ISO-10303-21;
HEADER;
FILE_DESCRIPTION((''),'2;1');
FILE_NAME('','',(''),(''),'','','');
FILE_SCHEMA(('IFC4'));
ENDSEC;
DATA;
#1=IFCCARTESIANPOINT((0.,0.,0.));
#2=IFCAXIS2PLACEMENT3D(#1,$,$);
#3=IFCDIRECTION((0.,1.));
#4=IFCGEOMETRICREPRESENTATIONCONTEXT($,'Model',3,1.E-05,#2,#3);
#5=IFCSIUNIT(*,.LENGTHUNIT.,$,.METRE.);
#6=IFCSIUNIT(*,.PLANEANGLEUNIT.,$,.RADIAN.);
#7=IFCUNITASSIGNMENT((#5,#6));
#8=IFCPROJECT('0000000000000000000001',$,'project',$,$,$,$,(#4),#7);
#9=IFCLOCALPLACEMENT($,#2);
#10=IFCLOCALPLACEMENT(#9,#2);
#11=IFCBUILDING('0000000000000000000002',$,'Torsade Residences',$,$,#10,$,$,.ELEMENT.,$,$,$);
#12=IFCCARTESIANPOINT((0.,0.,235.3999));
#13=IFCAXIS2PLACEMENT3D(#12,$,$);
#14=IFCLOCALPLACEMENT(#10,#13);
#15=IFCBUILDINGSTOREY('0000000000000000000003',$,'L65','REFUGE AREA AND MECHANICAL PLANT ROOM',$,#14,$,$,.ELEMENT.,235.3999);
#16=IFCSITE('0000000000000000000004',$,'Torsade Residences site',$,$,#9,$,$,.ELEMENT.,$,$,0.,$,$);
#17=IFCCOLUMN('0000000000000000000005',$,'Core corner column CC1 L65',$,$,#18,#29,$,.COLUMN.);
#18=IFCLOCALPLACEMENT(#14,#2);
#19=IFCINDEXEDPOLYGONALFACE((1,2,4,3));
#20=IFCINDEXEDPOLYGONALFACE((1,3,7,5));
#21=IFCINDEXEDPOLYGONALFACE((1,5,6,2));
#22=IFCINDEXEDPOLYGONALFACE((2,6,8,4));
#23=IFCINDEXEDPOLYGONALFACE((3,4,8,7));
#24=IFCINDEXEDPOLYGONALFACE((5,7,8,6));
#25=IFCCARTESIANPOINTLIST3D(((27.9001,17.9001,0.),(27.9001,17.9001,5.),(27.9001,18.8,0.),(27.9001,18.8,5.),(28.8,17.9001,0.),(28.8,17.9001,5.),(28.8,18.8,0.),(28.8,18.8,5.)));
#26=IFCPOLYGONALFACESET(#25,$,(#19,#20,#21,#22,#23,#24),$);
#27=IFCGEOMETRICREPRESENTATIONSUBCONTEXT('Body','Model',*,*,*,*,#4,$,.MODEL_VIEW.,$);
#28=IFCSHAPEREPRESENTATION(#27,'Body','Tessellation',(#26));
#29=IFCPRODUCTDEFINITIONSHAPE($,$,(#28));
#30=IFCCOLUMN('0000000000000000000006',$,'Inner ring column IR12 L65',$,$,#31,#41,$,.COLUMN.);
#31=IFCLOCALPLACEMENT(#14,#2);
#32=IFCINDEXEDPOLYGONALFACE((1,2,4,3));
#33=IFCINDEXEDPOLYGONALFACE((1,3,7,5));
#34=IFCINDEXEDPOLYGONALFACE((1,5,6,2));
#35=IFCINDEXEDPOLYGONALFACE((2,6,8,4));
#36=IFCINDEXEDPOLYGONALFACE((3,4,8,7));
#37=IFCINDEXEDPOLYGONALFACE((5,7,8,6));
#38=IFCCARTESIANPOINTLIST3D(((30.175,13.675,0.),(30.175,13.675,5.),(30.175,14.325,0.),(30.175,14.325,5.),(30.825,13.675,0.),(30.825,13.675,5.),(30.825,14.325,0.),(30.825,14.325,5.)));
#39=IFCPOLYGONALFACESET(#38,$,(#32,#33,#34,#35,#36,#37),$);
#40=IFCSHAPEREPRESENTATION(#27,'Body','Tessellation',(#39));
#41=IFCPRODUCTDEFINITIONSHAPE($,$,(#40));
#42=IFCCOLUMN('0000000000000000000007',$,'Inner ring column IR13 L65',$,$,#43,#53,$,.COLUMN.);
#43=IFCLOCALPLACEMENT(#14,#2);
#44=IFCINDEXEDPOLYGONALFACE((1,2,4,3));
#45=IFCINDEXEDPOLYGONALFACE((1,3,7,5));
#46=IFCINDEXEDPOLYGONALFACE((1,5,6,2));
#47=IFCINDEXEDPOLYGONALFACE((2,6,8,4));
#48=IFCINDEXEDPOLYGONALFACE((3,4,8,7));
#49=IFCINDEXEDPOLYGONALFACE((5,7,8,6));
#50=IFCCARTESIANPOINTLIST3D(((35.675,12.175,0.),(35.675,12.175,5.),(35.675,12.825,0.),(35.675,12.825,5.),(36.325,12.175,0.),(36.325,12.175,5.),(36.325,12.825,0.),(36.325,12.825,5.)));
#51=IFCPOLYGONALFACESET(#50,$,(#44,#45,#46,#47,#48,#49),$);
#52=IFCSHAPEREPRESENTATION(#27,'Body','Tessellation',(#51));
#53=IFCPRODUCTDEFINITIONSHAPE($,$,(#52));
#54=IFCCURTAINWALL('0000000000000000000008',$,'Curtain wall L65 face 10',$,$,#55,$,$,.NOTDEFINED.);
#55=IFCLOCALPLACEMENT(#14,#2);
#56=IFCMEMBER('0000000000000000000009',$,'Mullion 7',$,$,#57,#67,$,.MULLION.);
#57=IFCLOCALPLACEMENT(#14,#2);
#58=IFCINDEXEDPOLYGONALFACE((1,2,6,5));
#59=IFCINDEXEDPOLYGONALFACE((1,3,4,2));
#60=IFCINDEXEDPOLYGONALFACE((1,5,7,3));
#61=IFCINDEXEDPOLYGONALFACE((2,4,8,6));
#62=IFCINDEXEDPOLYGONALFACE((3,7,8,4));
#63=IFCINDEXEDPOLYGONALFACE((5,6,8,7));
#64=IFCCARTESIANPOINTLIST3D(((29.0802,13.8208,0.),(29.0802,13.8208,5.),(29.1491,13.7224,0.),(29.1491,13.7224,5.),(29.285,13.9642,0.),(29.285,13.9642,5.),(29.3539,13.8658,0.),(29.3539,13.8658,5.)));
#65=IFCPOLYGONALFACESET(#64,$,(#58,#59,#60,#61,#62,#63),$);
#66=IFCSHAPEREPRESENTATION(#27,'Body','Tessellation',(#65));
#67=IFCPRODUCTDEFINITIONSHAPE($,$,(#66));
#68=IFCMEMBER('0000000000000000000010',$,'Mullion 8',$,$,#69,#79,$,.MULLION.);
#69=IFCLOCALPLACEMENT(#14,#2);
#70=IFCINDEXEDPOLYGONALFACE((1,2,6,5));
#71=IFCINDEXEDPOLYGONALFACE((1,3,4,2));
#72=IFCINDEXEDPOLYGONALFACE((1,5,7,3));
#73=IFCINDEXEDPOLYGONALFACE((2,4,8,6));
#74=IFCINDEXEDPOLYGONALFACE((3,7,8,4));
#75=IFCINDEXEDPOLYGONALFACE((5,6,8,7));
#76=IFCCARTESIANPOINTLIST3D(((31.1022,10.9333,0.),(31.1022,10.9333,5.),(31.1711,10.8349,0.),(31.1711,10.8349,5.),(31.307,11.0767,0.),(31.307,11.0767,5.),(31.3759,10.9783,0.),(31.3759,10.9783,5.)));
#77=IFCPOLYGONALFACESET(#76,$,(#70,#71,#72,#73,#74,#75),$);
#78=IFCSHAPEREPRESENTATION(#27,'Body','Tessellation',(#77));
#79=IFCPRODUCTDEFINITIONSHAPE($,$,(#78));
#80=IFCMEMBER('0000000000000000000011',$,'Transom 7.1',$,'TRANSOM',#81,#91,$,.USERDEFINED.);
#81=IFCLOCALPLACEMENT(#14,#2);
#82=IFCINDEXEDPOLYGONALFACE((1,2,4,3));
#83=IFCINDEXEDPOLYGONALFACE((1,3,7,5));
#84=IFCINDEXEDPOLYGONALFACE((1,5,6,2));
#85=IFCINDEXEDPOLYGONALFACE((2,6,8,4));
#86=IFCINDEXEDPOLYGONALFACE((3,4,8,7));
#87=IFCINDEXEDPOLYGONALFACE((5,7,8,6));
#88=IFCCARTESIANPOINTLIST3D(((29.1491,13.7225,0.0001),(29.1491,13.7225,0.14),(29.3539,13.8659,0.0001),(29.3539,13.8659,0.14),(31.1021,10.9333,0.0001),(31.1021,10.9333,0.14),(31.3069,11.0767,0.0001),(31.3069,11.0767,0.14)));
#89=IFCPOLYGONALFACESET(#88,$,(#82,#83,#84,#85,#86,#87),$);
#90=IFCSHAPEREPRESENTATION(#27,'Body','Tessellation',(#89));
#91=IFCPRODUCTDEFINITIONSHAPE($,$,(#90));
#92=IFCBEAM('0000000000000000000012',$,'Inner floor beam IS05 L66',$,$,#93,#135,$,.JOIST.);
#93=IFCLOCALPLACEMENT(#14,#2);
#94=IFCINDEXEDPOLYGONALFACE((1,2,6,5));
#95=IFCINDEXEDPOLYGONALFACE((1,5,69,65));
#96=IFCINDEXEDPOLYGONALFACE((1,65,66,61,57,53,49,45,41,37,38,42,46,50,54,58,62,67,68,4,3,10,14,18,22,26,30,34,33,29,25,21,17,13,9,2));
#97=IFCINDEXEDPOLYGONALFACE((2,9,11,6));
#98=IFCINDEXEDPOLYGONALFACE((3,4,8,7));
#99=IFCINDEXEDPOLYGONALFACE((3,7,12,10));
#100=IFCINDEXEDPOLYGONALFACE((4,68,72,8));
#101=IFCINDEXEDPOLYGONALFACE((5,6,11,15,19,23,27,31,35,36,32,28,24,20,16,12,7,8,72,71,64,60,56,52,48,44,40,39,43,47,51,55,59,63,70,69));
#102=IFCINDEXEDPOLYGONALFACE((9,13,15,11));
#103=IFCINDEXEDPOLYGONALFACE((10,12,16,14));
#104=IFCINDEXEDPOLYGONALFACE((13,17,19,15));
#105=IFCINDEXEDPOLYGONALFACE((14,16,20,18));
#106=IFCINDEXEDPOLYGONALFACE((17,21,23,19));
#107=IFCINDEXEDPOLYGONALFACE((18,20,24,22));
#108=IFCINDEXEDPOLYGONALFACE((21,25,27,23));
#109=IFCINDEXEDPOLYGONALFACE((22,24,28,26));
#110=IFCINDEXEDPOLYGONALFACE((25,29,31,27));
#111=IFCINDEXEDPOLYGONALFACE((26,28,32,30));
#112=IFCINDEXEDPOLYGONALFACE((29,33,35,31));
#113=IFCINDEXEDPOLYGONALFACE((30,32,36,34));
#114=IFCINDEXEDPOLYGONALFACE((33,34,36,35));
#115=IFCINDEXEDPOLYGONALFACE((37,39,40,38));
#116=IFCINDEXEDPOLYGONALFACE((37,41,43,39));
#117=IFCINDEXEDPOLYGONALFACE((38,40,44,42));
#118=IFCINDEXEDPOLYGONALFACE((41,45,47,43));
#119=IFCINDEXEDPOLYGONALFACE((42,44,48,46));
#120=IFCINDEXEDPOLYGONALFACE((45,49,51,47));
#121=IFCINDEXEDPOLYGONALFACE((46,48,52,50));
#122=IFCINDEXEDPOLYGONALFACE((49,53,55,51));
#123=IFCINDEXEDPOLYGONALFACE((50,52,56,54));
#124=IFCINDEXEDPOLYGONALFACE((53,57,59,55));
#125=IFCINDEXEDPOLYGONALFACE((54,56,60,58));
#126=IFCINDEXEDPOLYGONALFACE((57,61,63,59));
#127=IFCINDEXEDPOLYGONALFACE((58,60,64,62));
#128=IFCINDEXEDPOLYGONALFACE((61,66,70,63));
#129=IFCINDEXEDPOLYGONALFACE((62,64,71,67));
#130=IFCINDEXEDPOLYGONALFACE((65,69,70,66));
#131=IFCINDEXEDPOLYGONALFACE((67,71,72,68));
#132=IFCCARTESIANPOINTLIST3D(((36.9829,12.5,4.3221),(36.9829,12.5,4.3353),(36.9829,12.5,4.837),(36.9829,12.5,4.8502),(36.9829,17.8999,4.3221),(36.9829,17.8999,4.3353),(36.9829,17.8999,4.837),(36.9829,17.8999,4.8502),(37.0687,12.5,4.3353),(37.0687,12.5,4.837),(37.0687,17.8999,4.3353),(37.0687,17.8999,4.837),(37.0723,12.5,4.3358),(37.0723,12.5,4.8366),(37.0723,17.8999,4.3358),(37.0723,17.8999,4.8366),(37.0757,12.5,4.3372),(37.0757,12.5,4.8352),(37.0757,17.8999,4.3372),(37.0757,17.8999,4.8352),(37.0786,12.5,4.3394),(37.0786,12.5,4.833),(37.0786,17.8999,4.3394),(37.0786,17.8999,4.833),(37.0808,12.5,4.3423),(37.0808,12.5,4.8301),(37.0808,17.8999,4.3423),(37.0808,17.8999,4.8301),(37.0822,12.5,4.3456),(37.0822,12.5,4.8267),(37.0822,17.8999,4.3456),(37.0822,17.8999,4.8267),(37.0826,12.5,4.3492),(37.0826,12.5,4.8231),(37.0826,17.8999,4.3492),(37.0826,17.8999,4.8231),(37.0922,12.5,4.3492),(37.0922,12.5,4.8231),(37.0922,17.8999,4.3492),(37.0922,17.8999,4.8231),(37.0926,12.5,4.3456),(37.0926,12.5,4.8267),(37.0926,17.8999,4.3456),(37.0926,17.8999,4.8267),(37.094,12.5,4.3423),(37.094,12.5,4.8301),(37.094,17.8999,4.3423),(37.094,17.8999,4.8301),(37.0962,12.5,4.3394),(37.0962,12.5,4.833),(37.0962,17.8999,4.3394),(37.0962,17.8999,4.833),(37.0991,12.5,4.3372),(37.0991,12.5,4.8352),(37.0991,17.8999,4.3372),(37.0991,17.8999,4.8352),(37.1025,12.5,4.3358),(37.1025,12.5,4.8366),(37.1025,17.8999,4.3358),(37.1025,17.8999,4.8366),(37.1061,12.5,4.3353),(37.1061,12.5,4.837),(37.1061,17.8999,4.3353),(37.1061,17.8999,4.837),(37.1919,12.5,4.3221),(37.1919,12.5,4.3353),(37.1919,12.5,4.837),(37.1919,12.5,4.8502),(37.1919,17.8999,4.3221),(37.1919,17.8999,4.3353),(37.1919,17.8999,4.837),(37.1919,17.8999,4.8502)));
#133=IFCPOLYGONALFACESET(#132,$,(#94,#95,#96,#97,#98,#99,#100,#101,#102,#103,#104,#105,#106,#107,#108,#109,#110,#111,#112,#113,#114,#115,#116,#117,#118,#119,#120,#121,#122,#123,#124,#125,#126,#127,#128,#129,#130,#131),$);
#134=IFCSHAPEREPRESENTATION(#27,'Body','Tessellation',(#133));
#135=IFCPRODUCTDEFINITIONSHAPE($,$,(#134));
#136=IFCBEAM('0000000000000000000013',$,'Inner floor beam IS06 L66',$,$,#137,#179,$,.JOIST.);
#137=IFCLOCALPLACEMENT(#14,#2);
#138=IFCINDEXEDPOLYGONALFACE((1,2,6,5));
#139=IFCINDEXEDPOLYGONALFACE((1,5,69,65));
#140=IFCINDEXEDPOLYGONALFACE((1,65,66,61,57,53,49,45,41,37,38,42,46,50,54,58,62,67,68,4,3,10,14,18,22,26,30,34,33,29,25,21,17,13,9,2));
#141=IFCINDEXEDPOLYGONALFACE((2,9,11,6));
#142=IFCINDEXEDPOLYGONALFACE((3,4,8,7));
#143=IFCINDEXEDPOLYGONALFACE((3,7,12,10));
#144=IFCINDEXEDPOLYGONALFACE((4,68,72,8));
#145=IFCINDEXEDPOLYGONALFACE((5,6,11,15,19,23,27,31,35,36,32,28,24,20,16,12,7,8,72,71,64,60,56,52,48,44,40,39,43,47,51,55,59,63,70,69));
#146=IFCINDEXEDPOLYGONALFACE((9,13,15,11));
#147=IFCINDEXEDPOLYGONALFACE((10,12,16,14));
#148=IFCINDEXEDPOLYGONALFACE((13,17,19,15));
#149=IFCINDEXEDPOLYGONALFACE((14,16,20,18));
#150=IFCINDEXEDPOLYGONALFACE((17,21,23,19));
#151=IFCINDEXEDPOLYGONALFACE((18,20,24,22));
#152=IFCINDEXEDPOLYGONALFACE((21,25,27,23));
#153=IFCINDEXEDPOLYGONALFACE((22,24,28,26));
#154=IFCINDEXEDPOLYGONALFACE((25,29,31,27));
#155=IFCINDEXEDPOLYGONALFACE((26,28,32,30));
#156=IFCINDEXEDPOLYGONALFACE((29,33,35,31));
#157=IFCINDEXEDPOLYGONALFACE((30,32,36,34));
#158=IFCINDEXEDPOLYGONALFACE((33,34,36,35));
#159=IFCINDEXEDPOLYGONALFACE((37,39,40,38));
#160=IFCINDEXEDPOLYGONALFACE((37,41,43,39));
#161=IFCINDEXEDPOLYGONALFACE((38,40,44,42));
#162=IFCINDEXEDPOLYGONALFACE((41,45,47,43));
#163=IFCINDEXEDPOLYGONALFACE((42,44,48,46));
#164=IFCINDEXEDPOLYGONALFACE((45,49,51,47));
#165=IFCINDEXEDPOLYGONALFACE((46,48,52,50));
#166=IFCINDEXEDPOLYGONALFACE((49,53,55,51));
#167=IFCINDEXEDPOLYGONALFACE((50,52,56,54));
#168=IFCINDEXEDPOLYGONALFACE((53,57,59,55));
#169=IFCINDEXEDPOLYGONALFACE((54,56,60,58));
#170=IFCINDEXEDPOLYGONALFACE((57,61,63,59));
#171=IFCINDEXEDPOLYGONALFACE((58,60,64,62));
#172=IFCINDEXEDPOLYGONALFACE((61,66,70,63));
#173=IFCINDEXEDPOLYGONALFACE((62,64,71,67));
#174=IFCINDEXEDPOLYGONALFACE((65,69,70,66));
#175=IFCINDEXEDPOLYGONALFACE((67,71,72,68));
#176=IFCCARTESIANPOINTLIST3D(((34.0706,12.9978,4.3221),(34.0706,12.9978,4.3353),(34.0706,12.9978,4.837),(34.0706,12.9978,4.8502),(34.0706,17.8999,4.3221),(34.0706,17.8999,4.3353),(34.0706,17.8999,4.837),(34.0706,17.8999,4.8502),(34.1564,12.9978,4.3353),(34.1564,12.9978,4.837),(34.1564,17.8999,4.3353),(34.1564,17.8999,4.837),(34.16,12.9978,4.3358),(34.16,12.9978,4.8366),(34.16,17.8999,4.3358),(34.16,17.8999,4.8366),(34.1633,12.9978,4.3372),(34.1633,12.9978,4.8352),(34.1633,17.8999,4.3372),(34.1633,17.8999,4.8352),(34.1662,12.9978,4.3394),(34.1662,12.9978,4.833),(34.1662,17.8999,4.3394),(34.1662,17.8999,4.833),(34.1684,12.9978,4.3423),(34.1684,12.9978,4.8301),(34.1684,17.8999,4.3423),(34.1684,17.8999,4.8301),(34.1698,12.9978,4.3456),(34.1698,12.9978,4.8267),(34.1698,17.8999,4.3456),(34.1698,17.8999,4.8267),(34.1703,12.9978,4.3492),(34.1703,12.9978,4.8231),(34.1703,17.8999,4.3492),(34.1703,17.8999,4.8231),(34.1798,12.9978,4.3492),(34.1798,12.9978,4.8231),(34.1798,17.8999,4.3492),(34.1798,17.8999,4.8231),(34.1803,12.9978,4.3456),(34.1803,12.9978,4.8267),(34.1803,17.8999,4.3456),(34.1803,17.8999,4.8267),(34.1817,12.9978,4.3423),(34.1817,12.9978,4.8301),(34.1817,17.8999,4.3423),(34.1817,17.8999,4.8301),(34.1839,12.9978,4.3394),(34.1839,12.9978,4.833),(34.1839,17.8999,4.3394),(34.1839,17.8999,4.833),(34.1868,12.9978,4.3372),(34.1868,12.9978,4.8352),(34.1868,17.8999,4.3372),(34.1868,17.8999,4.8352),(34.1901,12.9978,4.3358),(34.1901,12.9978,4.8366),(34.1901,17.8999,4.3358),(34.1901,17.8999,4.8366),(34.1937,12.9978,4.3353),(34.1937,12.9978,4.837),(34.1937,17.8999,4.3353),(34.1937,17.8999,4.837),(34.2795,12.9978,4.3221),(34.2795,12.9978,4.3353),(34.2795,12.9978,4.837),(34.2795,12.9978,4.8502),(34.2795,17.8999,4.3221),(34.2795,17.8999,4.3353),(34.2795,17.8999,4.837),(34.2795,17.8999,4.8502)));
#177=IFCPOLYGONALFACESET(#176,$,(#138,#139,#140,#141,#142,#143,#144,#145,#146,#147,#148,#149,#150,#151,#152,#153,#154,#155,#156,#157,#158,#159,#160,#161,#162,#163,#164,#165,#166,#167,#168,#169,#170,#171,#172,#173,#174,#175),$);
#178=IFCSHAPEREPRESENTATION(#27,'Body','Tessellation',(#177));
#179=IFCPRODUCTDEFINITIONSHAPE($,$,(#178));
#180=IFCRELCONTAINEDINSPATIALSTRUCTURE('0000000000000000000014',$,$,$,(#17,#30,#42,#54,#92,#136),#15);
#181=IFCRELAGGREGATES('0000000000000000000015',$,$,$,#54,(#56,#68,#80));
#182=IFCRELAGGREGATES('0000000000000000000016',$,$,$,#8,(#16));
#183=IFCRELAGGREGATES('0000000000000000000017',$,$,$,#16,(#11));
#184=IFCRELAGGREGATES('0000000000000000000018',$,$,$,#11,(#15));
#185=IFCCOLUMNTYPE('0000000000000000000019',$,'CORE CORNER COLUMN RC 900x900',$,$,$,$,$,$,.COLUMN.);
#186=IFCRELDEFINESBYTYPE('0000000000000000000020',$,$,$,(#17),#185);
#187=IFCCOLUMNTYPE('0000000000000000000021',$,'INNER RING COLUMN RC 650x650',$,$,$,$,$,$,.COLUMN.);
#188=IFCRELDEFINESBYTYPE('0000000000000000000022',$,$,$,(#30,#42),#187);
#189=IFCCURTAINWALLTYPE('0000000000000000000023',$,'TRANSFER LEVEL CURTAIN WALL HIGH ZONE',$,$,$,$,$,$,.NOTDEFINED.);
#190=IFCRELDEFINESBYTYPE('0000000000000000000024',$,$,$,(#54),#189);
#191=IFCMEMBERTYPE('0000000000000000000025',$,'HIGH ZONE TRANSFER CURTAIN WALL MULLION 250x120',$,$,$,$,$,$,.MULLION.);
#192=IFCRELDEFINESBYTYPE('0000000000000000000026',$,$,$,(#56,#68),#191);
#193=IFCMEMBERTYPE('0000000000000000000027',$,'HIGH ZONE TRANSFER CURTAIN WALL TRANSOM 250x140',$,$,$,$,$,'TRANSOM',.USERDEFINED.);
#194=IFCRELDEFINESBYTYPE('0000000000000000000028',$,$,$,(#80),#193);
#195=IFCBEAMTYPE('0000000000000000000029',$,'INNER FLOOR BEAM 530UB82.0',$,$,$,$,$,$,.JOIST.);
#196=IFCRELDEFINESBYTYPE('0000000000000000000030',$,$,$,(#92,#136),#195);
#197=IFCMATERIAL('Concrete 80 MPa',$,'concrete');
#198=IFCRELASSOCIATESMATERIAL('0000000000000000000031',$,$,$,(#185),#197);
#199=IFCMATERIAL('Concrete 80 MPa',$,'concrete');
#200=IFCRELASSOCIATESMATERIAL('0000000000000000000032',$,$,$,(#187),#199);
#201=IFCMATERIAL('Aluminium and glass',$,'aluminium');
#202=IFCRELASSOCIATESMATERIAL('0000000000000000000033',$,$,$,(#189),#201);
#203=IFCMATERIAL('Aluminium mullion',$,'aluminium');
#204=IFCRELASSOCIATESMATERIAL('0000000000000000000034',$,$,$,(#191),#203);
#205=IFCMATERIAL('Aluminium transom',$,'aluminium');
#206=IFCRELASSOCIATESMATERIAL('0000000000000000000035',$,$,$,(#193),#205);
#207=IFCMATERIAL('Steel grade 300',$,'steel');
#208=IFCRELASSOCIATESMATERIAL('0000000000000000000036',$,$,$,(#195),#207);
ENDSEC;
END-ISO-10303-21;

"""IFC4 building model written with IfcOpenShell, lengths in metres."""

from ifc_helpers import new_model, si_unit, direction, frame, origin, origin_2d, place, context, subcontext, project, spatial, rectangle, i_section, extrude, material, material_profile, profile_set, type_object, element, aggregate, save


model = new_model("IFC4")

# Units and contexts
model_context = context("Model", 3, precision=1e-05, world=origin(), true_north=direction((0.0, 1.0)))
body_context = subcontext(model_context, "Body", "Model", "MODEL_VIEW")
ifc_project = project(units=[si_unit("LENGTHUNIT", "METRE"), si_unit("PLANEANGLEUNIT", "RADIAN")], contexts=[model_context])

# Site, building, storey
site_placement = place(None, origin())
site = spatial("IfcSite", under=ifc_project, at=site_placement, Name="Torsade Residences site", CompositionType="ELEMENT", RefElevation=0.0)
building_placement = place(site_placement, origin())
building = spatial("IfcBuilding", under=site, at=building_placement, Name="Torsade Residences", CompositionType="ELEMENT")
storey_placement = place(building_placement, frame((0.0, 0.0, 235.3999)))
storey = spatial("IfcBuildingStorey", under=building, at=storey_placement, Name="L65", Description="REFUGE AREA AND MECHANICAL PLANT ROOM", CompositionType="ELEMENT", Elevation=235.3999)

# Columns
ifc_material_1 = material(Name="Concrete 80 MPa", Category="concrete")
ifc_material_profile_1 = material_profile(ifc_material_1, rectangle(XDim=0.8999, YDim=0.8999, at=origin_2d()), Name="RC 900x900")
ifc_profile_set_1 = profile_set([ifc_material_profile_1], Name="Concrete 80 MPa")
column_type_1 = type_object("IfcColumnType", Name="CORE CORNER COLUMN RC 900x900", PredefinedType="COLUMN", material=ifc_profile_set_1)
column_placement = place(storey_placement, frame((28.3501, 18.3501, 0.0), z_axis=(0.0, 0.0, 1.0), x_axis=(1.0, 0.0, 0.0)))
element("IfcColumn", 1, at=column_placement, inside=storey, type_object=column_type_1, Name="Core corner column CC1 L65", PredefinedType="COLUMN", context=body_context, shape_type="SweptSolid", body=[
    extrude(rectangle(XDim=0.8999, YDim=0.8999, at=origin_2d()), origin(), (0.0, 0.0, 1.0), 5.0),
])
ifc_material_2 = material(Name="Concrete 80 MPa", Category="concrete")
ifc_material_profile_2 = material_profile(ifc_material_2, rectangle(XDim=0.6499, YDim=0.6499, at=origin_2d()), Name="RC 650x650")
ifc_profile_set_2 = profile_set([ifc_material_profile_2], Name="Concrete 80 MPa")
column_type_2 = type_object("IfcColumnType", Name="INNER RING COLUMN RC 650x650", PredefinedType="COLUMN", material=ifc_profile_set_2)
for number, where, z_axis, x_axis, name in (
    (2, (30.5, 14.0, 0.0), (0.0, 0.0, 1.0), (1.0, 0.0, 0.0), "Inner ring column IR12 L65"),
    (3, (36.0, 12.5, 0.0), (0.0, 0.0, 1.0), (1.0, 0.0, 0.0), "Inner ring column IR13 L65"),
):
    element("IfcColumn", number, at=place(storey_placement, frame(where, z_axis=z_axis, x_axis=x_axis)), inside=storey, type_object=column_type_2, Name=name, PredefinedType="COLUMN", context=body_context, shape_type="SweptSolid", body=[
        extrude(rectangle(XDim=0.6499, YDim=0.6499, at=origin_2d()), origin(), (0.0, 0.0, 1.0), 5.0),
    ])

# Curtain wall, members
ifc_material_3 = material(Name="Aluminium and glass", Category="aluminium")
curtain_wall_type = type_object("IfcCurtainWallType", Name="TRANSFER LEVEL CURTAIN WALL HIGH ZONE", PredefinedType="NOTDEFINED", material=ifc_material_3)
curtain_wall_placement = place(storey_placement, origin())
curtain_wall = element("IfcCurtainWall", 4, at=curtain_wall_placement, inside=storey, type_object=curtain_wall_type, Name="Curtain wall L65 face 10", PredefinedType="NOTDEFINED")
ifc_material_4 = material(Name="Aluminium mullion", Category="aluminium")
ifc_material_profile_3 = material_profile(ifc_material_4, rectangle(XDim=0.25, YDim=0.1201, at=origin_2d()), Name="HIGH ZONE TRANSFER CURTAIN WALL MULLION 250x120")
ifc_profile_set_3 = profile_set([ifc_material_profile_3], Name="Aluminium mullion")
member_type_1 = type_object("IfcMemberType", Name="HIGH ZONE TRANSFER CURTAIN WALL MULLION 250x120", PredefinedType="MULLION", material=ifc_profile_set_3)
member_1_placement = place(storey_placement, frame((29.217, 13.8433, 0.0), z_axis=(0.0, 0.0, 1.0), x_axis=(0.819152, 0.573576, 0.0)))
member_1 = element("IfcMember", 5, at=member_1_placement, type_object=member_type_1, Name="Mullion 7", PredefinedType="MULLION", context=body_context, shape_type="SweptSolid", body=[
    extrude(rectangle(XDim=0.25, YDim=0.1201, at=origin_2d()), origin(), (0.0, 0.0, 1.0), 5.0),
])
member_2_placement = place(storey_placement, frame((31.239, 10.9558, 0.0), z_axis=(0.0, 0.0, 1.0), x_axis=(0.819152, 0.573576, 0.0)))
member_2 = element("IfcMember", 6, at=member_2_placement, type_object=member_type_1, Name="Mullion 8", PredefinedType="MULLION", context=body_context, shape_type="SweptSolid", body=[
    extrude(rectangle(XDim=0.25, YDim=0.1201, at=origin_2d()), origin(), (0.0, 0.0, 1.0), 5.0),
])
ifc_material_5 = material(Name="Aluminium transom", Category="aluminium")
ifc_material_profile_4 = material_profile(ifc_material_5, rectangle(XDim=0.25, YDim=0.1399, at=origin_2d()), Name="HIGH ZONE TRANSFER CURTAIN WALL TRANSOM 250x140")
ifc_profile_set_4 = profile_set([ifc_material_profile_4], Name="Aluminium transom")
member_type_2 = type_object("IfcMemberType", Name="HIGH ZONE TRANSFER CURTAIN WALL TRANSOM 250x140", ElementType="TRANSOM", PredefinedType="USERDEFINED", material=ifc_profile_set_4)
member_3_placement = place(storey_placement, frame((29.2515, 13.7942, 0.0701), z_axis=(0.573583, -0.819148, 0.0), x_axis=(0.819148, 0.573583, 0.0)))
member_3 = element("IfcMember", 7, at=member_3_placement, type_object=member_type_2, Name="Transom 7.1", ObjectType="TRANSOM", PredefinedType="USERDEFINED", context=body_context, shape_type="SweptSolid", body=[
    extrude(rectangle(XDim=0.25, YDim=0.1399, at=origin_2d()), origin(), (0.0, 0.0, 1.0), 3.405),
])

# Beams
ifc_material_6 = material(Name="Steel grade 300", Category="steel")
ifc_material_profile_5 = material_profile(ifc_material_6, i_section(OverallWidth=0.209, OverallDepth=0.5281, WebThickness=0.0095, FlangeThickness=0.0132, FilletRadius=0.0139, at=origin_2d()), Name="530UB82.0")
ifc_profile_set_5 = profile_set([ifc_material_profile_5], Name="Steel grade 300")
beam_type_1 = type_object("IfcBeamType", Name="INNER FLOOR BEAM 530UB82.0", PredefinedType="JOIST", material=ifc_profile_set_5)
beam_1_placement = place(storey_placement, frame((37.0874, 17.8999, 4.5862), z_axis=(0.0, -1.0, 0.0), x_axis=(1.0, 0.0, 0.0)))
element("IfcBeam", 8, at=beam_1_placement, inside=storey, type_object=beam_type_1, Name="Inner floor beam IS05 L66", PredefinedType="JOIST", context=body_context, shape_type="SweptSolid", body=[
    extrude(i_section(OverallWidth=0.209, OverallDepth=0.5281, WebThickness=0.0095, FlangeThickness=0.0132, FilletRadius=0.0139, at=origin_2d()), origin(), (0.0, 0.0, 1.0), 5.3999),
])
beam_2_placement = place(storey_placement, frame((34.175, 17.8999, 4.5862), z_axis=(0.0, -1.0, 0.0), x_axis=(1.0, 0.0, 0.0)))
element("IfcBeam", 9, at=beam_2_placement, inside=storey, type_object=beam_type_1, Name="Inner floor beam IS06 L66", PredefinedType="JOIST", context=body_context, shape_type="SweptSolid", body=[
    extrude(i_section(OverallWidth=0.209, OverallDepth=0.5281, WebThickness=0.0095, FlangeThickness=0.0132, FilletRadius=0.0139, at=origin_2d()), origin(), (0.0, 0.0, 1.0), 4.9021),
])

aggregate(curtain_wall, [member_1, member_2, member_3])

save(model, "model.ifc")
